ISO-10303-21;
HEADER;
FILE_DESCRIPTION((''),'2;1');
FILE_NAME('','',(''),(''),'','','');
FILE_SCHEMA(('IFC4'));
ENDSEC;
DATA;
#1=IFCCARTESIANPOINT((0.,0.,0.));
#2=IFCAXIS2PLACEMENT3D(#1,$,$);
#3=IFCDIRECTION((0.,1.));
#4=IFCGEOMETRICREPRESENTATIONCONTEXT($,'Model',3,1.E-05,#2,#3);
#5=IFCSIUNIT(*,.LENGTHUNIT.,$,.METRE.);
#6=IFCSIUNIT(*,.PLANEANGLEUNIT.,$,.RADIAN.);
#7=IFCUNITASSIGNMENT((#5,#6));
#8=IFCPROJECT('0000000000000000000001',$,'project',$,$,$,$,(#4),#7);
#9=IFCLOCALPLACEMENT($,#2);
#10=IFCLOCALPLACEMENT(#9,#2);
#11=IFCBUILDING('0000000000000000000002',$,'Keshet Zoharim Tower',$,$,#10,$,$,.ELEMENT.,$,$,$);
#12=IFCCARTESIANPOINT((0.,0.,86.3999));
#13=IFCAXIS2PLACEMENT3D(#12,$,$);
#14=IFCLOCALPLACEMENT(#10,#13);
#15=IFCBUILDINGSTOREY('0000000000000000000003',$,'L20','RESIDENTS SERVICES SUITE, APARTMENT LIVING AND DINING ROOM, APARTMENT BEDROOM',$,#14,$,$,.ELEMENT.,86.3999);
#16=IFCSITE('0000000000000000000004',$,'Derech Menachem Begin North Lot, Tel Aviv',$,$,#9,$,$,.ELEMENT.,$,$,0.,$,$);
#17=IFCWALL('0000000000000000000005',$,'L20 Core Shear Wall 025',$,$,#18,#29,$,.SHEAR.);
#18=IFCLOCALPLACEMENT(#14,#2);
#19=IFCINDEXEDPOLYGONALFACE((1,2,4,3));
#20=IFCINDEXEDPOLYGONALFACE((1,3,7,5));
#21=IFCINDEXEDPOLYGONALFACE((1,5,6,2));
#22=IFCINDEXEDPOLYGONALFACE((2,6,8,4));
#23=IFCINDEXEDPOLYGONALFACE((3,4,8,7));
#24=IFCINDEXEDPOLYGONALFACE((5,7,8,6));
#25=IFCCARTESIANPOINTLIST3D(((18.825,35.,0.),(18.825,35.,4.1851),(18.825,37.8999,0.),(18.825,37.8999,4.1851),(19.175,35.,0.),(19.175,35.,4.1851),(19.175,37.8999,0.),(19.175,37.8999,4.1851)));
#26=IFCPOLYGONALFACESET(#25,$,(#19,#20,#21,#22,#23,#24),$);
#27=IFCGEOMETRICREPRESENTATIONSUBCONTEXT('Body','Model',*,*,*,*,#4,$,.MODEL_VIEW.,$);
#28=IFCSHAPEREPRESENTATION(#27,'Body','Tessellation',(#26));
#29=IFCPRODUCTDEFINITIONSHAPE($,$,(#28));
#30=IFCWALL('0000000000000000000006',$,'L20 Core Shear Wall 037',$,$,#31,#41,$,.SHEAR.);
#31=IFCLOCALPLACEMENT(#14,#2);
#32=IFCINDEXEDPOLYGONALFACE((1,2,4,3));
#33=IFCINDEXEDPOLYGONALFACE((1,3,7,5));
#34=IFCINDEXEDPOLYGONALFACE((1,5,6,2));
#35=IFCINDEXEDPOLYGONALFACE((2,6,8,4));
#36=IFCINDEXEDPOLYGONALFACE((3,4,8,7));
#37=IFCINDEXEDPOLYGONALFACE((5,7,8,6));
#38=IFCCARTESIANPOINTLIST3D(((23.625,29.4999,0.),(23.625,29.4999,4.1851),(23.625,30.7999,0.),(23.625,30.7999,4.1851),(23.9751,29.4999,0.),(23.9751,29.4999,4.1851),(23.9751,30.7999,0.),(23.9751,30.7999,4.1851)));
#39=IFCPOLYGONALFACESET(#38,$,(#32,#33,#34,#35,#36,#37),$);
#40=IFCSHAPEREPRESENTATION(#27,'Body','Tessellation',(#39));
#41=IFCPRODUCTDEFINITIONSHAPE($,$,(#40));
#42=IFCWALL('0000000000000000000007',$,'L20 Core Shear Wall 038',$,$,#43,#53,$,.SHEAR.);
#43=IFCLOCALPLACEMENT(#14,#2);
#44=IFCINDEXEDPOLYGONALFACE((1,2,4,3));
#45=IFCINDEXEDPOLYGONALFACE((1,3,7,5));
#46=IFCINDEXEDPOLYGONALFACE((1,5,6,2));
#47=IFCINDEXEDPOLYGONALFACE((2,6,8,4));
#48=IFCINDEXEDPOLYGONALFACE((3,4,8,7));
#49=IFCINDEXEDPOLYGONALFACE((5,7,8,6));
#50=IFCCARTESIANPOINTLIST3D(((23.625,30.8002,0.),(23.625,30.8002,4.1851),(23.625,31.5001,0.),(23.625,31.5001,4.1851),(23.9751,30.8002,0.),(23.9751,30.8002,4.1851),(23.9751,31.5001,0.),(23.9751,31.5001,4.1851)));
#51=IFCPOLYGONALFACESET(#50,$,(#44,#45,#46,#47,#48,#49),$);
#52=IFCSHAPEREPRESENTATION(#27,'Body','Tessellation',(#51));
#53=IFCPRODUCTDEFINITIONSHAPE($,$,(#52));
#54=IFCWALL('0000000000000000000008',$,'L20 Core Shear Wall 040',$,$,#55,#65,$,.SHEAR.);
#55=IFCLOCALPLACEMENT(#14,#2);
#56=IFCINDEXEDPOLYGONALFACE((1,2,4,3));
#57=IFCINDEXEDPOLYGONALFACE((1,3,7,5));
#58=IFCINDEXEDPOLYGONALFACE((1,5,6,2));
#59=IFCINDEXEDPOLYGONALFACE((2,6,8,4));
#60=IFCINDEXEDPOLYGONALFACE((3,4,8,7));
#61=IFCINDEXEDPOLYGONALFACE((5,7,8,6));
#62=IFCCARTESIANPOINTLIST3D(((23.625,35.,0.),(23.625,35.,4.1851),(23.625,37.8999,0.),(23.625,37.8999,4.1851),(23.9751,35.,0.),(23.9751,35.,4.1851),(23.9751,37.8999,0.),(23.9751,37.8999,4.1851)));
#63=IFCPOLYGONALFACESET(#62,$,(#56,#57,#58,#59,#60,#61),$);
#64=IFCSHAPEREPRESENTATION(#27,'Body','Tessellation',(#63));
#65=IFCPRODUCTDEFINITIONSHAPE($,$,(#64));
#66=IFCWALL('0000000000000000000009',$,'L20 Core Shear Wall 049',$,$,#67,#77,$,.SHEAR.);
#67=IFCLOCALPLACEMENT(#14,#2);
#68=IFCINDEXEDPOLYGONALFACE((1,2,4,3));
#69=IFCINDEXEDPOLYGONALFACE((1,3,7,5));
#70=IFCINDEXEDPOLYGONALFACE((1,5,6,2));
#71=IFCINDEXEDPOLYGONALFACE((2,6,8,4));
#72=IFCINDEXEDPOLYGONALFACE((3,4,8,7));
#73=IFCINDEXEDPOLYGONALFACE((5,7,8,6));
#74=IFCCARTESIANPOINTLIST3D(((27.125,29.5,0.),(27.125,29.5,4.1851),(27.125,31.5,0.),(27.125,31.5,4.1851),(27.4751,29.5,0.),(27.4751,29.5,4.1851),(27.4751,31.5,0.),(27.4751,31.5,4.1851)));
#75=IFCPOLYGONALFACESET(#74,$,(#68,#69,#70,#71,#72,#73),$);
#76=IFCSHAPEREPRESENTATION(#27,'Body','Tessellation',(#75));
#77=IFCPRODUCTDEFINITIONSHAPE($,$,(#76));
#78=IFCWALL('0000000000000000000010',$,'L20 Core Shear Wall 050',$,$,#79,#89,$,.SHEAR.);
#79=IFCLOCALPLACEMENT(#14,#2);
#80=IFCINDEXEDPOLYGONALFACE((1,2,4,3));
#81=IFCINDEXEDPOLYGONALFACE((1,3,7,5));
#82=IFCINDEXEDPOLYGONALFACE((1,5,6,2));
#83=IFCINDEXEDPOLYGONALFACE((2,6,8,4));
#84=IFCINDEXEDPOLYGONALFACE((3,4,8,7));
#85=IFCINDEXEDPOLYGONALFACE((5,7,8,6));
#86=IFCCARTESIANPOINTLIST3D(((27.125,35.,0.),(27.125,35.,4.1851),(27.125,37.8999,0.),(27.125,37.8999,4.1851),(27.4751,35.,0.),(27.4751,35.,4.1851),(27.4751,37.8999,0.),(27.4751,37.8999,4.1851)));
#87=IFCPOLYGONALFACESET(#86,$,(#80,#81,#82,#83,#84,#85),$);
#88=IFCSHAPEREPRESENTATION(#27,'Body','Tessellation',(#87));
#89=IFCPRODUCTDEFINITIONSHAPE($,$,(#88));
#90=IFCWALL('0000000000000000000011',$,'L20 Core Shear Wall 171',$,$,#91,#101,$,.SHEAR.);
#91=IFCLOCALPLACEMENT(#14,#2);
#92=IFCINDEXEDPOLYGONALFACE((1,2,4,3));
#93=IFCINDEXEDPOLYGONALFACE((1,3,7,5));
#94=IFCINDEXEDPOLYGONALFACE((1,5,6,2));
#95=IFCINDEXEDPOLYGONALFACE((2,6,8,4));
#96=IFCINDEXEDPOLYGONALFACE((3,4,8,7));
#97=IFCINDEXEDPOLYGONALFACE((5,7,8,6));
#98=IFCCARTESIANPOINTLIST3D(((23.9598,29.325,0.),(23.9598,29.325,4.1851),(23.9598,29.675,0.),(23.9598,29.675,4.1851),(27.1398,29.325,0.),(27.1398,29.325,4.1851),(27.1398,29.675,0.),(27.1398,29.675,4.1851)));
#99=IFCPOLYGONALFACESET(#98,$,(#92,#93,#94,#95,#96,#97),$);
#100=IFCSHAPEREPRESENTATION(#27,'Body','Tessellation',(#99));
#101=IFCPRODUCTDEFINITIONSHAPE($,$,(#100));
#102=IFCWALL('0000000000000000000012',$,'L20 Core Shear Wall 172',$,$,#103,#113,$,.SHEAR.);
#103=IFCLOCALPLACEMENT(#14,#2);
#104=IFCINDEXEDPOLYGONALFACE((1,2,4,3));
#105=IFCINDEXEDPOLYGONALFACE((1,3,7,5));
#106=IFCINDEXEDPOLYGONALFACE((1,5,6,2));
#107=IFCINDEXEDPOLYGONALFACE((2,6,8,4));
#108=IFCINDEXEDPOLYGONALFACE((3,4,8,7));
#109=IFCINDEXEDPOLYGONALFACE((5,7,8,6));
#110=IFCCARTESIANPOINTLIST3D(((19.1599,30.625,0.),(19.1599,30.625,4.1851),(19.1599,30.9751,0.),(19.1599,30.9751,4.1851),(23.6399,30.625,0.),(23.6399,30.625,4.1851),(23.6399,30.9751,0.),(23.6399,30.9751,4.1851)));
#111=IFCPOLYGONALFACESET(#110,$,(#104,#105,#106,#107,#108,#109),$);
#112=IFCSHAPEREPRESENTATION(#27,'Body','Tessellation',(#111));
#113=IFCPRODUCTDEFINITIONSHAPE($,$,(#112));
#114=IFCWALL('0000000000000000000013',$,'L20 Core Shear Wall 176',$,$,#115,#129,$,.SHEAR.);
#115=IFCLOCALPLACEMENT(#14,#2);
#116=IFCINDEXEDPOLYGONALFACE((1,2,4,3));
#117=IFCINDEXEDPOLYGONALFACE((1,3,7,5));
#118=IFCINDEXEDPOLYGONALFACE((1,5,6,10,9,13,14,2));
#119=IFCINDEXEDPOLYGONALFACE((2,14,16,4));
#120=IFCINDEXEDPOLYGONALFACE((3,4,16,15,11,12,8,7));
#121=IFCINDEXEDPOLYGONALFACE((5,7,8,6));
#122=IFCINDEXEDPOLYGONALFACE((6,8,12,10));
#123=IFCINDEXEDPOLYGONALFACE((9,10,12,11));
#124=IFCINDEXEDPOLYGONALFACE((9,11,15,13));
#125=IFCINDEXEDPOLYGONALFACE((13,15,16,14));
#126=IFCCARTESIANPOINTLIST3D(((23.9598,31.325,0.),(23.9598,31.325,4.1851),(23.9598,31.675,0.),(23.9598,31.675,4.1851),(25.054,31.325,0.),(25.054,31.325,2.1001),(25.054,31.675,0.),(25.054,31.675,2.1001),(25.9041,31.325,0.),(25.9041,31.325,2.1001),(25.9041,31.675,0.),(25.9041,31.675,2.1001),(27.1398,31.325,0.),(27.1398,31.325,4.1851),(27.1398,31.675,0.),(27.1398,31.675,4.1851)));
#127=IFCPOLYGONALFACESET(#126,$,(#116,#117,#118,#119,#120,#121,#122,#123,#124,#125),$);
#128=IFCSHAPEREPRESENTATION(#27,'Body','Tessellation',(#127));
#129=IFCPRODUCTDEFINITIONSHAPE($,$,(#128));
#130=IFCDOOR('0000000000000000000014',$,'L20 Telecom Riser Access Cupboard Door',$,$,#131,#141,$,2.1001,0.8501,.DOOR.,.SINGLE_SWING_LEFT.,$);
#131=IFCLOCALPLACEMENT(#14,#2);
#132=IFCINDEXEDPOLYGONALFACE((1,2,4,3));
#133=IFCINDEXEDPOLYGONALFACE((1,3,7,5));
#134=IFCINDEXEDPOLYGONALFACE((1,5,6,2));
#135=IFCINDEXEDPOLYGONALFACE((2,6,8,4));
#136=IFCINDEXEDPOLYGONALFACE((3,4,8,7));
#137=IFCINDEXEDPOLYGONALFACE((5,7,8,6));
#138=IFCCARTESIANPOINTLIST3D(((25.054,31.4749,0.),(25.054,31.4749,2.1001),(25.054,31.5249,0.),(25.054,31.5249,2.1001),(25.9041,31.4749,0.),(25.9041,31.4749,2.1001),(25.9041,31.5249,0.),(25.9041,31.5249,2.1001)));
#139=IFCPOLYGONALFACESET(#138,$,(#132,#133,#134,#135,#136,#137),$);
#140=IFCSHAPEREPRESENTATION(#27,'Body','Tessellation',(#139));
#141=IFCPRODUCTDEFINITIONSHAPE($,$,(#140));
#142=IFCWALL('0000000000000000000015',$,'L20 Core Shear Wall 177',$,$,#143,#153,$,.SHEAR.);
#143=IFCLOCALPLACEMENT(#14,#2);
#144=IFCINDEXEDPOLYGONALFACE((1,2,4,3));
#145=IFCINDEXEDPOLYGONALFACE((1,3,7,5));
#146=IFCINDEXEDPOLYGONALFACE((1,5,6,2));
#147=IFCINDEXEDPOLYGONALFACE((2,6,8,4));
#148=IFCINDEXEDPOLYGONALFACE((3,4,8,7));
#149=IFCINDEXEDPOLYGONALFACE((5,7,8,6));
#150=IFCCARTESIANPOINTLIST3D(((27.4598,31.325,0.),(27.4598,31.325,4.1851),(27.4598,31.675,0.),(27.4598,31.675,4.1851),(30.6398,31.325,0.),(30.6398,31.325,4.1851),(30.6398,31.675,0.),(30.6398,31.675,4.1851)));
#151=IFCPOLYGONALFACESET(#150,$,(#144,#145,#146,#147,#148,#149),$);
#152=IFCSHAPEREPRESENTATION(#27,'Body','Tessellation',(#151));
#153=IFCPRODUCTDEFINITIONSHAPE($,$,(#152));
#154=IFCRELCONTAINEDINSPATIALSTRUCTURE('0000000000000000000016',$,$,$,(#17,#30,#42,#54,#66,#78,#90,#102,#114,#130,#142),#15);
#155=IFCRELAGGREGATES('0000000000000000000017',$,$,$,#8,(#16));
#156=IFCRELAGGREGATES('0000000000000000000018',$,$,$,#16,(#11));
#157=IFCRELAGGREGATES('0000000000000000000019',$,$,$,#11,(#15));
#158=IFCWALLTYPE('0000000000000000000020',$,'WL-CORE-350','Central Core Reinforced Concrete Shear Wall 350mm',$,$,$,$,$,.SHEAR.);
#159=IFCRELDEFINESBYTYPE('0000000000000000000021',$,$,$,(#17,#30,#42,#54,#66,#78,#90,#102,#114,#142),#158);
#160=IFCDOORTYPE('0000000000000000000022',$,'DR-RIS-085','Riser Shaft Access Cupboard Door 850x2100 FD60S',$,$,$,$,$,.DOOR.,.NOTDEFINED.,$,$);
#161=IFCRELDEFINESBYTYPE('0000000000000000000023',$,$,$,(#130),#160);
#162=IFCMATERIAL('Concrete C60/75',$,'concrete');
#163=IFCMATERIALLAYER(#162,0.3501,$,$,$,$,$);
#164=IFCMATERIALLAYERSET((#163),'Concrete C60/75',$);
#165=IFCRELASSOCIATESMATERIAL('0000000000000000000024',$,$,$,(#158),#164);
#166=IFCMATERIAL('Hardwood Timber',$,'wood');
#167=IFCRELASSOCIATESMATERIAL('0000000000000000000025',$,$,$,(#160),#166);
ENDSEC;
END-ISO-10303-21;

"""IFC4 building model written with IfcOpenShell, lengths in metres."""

from ifc_helpers import new_model, si_unit, direction, frame, frame_2d, origin, place, context, subcontext, project, spatial, rectangle, extrude, material, layer, layer_set, type_object, element, fill, save


model = new_model("IFC4")

# Units and contexts
model_context = context("Model", 3, precision=1e-05, world=origin(), true_north=direction((0.0, 1.0)))
body_context = subcontext(model_context, "Body", "Model", "MODEL_VIEW")
ifc_project = project(units=[si_unit("LENGTHUNIT", "METRE"), si_unit("PLANEANGLEUNIT", "RADIAN")], contexts=[model_context])

# Site, building, storey
site_placement = place(None, origin())
site = spatial("IfcSite", under=ifc_project, at=site_placement, Name="Derech Menachem Begin North Lot, Tel Aviv", CompositionType="ELEMENT", RefElevation=0.0)
building_placement = place(site_placement, origin())
building = spatial("IfcBuilding", under=site, at=building_placement, Name="Keshet Zoharim Tower", CompositionType="ELEMENT")
storey_placement = place(building_placement, frame((0.0, 0.0, 86.3999)))
storey = spatial("IfcBuildingStorey", under=building, at=storey_placement, Name="L20", Description="RESIDENTS SERVICES SUITE, APARTMENT LIVING AND DINING ROOM, APARTMENT BEDROOM", CompositionType="ELEMENT", Elevation=86.3999)

# Walls
ifc_material_1 = material(Name="Concrete C60/75", Category="concrete")
ifc_layer_1 = layer(ifc_material_1, 0.3501)
ifc_layer_set_1 = layer_set([ifc_layer_1], Name="Concrete C60/75")
wall_type_1 = type_object("IfcWallType", Name="WL-CORE-350", Description="Central Core Reinforced Concrete Shear Wall 350mm", PredefinedType="SHEAR", material=ifc_layer_set_1)
wall_1_placement = place(storey_placement, frame((19.0, 35.0, 0.0), z_axis=(0.0, 0.0, 1.0), x_axis=(0.0, 1.0, 0.0)))
element("IfcWall", 1, at=wall_1_placement, inside=storey, type_object=wall_type_1, Name="L20 Core Shear Wall 025", PredefinedType="SHEAR", context=body_context, shape_type="SweptSolid", body=[
    extrude(rectangle(XDim=2.8999, YDim=0.3501, at=frame_2d((1.45, 0.0))), origin(), (0.0, 0.0, 1.0), 4.1851),
])
wall_2_placement = place(storey_placement, frame((23.8, 29.5, 0.0), z_axis=(0.0, 0.0, 1.0), x_axis=(0.0, 1.0, 0.0)))
element("IfcWall", 2, at=wall_2_placement, inside=storey, type_object=wall_type_1, Name="L20 Core Shear Wall 037", PredefinedType="SHEAR", context=body_context, shape_type="SweptSolid", body=[
    extrude(rectangle(XDim=1.3, YDim=0.3501, at=frame_2d((0.6499, 0.0))), origin(), (0.0, 0.0, 1.0), 4.1851),
])
wall_3_placement = place(storey_placement, frame((23.8, 30.8, 0.0), z_axis=(0.0, 0.0, 1.0), x_axis=(0.0, 1.0, 0.0)))
element("IfcWall", 3, at=wall_3_placement, inside=storey, type_object=wall_type_1, Name="L20 Core Shear Wall 038", PredefinedType="SHEAR", context=body_context, shape_type="SweptSolid", body=[
    extrude(rectangle(XDim=0.7, YDim=0.3501, at=frame_2d((0.3501, 0.0))), origin(), (0.0, 0.0, 1.0), 4.1851),
])

# Shared definitions
ifc_material_2 = material(Name="Hardwood Timber", Category="wood")

# Walls
wall_4_placement = place(storey_placement, frame((23.8, 35.0, 0.0), z_axis=(0.0, 0.0, 1.0), x_axis=(0.0, 1.0, 0.0)))
element("IfcWall", 4, at=wall_4_placement, inside=storey, type_object=wall_type_1, Name="L20 Core Shear Wall 040", PredefinedType="SHEAR", context=body_context, shape_type="SweptSolid", body=[
    extrude(rectangle(XDim=2.8999, YDim=0.3501, at=frame_2d((1.45, 0.0))), origin(), (0.0, 0.0, 1.0), 4.1851),
])
wall_5_placement = place(storey_placement, frame((27.3, 29.5, 0.0), z_axis=(0.0, 0.0, 1.0), x_axis=(0.0, 1.0, 0.0)))
element("IfcWall", 5, at=wall_5_placement, inside=storey, type_object=wall_type_1, Name="L20 Core Shear Wall 049", PredefinedType="SHEAR", context=body_context, shape_type="SweptSolid", body=[
    extrude(rectangle(XDim=2.0, YDim=0.3501, at=frame_2d((1.0, 0.0))), origin(), (0.0, 0.0, 1.0), 4.1851),
])
wall_6_placement = place(storey_placement, frame((27.3, 35.0, 0.0), z_axis=(0.0, 0.0, 1.0), x_axis=(0.0, 1.0, 0.0)))
element("IfcWall", 6, at=wall_6_placement, inside=storey, type_object=wall_type_1, Name="L20 Core Shear Wall 050", PredefinedType="SHEAR", context=body_context, shape_type="SweptSolid", body=[
    extrude(rectangle(XDim=2.8999, YDim=0.3501, at=frame_2d((1.45, 0.0))), origin(), (0.0, 0.0, 1.0), 4.1851),
])
wall_7_placement = place(storey_placement, frame((23.96, 29.5, 0.0), z_axis=(0.0, 0.0, 1.0), x_axis=(1.0, 0.0, 0.0)))
element("IfcWall", 7, at=wall_7_placement, inside=storey, type_object=wall_type_1, Name="L20 Core Shear Wall 171", PredefinedType="SHEAR", context=body_context, shape_type="SweptSolid", body=[
    extrude(rectangle(XDim=3.1799, YDim=0.3501, at=frame_2d((1.5898, 0.0))), origin(), (0.0, 0.0, 1.0), 4.1851),
])
wall_8_placement = place(storey_placement, frame((19.1599, 30.8, 0.0), z_axis=(0.0, 0.0, 1.0), x_axis=(1.0, 0.0, 0.0)))
element("IfcWall", 8, at=wall_8_placement, inside=storey, type_object=wall_type_1, Name="L20 Core Shear Wall 172", PredefinedType="SHEAR", context=body_context, shape_type="SweptSolid", body=[
    extrude(rectangle(XDim=4.48, YDim=0.3501, at=frame_2d((2.24, 0.0))), origin(), (0.0, 0.0, 1.0), 4.1851),
])

# Wall, opening, door
wall_9_placement = place(storey_placement, frame((23.96, 31.5, 0.0), z_axis=(0.0, 0.0, 1.0), x_axis=(1.0, 0.0, 0.0)))
wall_9 = element("IfcWall", 9, at=wall_9_placement, inside=storey, type_object=wall_type_1, Name="L20 Core Shear Wall 176", PredefinedType="SHEAR", context=body_context, shape_type="SweptSolid", body=[
    extrude(rectangle(XDim=3.1799, YDim=0.3501, at=frame_2d((1.5898, 0.0))), origin(), (0.0, 0.0, 1.0), 4.1851),
])
opening_1_placement = place(wall_9_placement, frame((1.094, 0.0, 0.0)))
opening_1 = element("IfcOpeningElement", 10, at=opening_1_placement, cuts=wall_9, PredefinedType="OPENING", context=body_context, shape_type="SweptSolid", body=[
    extrude(rectangle(XDim=0.8501, YDim=2.1001, at=frame_2d((0.425, 1.05))), frame((0.0, 0.1851, 0.0), z_axis=(0.0, -1.0, 0.0), x_axis=(1.0, 0.0, 0.0)), (0.0, 0.0, 1.0), 0.3701),
])
door_type_1 = type_object("IfcDoorType", Name="DR-RIS-085", Description="Riser Shaft Access Cupboard Door 850x2100 FD60S", OperationType="NOTDEFINED", PredefinedType="DOOR", material=ifc_material_2)
door_1_placement = place(opening_1_placement, origin())
door_1 = element("IfcDoor", 11, at=door_1_placement, inside=storey, type_object=door_type_1, Name="L20 Telecom Riser Access Cupboard Door", OperationType="SINGLE_SWING_LEFT", OverallHeight=2.1001, OverallWidth=0.8501, PredefinedType="DOOR", context=body_context, shape_type="SweptSolid", body=[
    extrude(rectangle(XDim=0.8501, YDim=2.1001, at=frame_2d((0.425, 1.05))), frame((0.0, 0.0249, 0.0), z_axis=(0.0, -1.0, 0.0), x_axis=(1.0, 0.0, 0.0)), (0.0, 0.0, 1.0), 0.05),
])
fill(opening_1, door_1)

# Wall
wall_10_placement = place(storey_placement, frame((27.46, 31.5, 0.0), z_axis=(0.0, 0.0, 1.0), x_axis=(1.0, 0.0, 0.0)))
element("IfcWall", 12, at=wall_10_placement, inside=storey, type_object=wall_type_1, Name="L20 Core Shear Wall 177", PredefinedType="SHEAR", context=body_context, shape_type="SweptSolid", body=[
    extrude(rectangle(XDim=3.1799, YDim=0.3501, at=frame_2d((1.5898, 0.0))), origin(), (0.0, 0.0, 1.0), 4.1851),
])

save(model, "model.ifc")
